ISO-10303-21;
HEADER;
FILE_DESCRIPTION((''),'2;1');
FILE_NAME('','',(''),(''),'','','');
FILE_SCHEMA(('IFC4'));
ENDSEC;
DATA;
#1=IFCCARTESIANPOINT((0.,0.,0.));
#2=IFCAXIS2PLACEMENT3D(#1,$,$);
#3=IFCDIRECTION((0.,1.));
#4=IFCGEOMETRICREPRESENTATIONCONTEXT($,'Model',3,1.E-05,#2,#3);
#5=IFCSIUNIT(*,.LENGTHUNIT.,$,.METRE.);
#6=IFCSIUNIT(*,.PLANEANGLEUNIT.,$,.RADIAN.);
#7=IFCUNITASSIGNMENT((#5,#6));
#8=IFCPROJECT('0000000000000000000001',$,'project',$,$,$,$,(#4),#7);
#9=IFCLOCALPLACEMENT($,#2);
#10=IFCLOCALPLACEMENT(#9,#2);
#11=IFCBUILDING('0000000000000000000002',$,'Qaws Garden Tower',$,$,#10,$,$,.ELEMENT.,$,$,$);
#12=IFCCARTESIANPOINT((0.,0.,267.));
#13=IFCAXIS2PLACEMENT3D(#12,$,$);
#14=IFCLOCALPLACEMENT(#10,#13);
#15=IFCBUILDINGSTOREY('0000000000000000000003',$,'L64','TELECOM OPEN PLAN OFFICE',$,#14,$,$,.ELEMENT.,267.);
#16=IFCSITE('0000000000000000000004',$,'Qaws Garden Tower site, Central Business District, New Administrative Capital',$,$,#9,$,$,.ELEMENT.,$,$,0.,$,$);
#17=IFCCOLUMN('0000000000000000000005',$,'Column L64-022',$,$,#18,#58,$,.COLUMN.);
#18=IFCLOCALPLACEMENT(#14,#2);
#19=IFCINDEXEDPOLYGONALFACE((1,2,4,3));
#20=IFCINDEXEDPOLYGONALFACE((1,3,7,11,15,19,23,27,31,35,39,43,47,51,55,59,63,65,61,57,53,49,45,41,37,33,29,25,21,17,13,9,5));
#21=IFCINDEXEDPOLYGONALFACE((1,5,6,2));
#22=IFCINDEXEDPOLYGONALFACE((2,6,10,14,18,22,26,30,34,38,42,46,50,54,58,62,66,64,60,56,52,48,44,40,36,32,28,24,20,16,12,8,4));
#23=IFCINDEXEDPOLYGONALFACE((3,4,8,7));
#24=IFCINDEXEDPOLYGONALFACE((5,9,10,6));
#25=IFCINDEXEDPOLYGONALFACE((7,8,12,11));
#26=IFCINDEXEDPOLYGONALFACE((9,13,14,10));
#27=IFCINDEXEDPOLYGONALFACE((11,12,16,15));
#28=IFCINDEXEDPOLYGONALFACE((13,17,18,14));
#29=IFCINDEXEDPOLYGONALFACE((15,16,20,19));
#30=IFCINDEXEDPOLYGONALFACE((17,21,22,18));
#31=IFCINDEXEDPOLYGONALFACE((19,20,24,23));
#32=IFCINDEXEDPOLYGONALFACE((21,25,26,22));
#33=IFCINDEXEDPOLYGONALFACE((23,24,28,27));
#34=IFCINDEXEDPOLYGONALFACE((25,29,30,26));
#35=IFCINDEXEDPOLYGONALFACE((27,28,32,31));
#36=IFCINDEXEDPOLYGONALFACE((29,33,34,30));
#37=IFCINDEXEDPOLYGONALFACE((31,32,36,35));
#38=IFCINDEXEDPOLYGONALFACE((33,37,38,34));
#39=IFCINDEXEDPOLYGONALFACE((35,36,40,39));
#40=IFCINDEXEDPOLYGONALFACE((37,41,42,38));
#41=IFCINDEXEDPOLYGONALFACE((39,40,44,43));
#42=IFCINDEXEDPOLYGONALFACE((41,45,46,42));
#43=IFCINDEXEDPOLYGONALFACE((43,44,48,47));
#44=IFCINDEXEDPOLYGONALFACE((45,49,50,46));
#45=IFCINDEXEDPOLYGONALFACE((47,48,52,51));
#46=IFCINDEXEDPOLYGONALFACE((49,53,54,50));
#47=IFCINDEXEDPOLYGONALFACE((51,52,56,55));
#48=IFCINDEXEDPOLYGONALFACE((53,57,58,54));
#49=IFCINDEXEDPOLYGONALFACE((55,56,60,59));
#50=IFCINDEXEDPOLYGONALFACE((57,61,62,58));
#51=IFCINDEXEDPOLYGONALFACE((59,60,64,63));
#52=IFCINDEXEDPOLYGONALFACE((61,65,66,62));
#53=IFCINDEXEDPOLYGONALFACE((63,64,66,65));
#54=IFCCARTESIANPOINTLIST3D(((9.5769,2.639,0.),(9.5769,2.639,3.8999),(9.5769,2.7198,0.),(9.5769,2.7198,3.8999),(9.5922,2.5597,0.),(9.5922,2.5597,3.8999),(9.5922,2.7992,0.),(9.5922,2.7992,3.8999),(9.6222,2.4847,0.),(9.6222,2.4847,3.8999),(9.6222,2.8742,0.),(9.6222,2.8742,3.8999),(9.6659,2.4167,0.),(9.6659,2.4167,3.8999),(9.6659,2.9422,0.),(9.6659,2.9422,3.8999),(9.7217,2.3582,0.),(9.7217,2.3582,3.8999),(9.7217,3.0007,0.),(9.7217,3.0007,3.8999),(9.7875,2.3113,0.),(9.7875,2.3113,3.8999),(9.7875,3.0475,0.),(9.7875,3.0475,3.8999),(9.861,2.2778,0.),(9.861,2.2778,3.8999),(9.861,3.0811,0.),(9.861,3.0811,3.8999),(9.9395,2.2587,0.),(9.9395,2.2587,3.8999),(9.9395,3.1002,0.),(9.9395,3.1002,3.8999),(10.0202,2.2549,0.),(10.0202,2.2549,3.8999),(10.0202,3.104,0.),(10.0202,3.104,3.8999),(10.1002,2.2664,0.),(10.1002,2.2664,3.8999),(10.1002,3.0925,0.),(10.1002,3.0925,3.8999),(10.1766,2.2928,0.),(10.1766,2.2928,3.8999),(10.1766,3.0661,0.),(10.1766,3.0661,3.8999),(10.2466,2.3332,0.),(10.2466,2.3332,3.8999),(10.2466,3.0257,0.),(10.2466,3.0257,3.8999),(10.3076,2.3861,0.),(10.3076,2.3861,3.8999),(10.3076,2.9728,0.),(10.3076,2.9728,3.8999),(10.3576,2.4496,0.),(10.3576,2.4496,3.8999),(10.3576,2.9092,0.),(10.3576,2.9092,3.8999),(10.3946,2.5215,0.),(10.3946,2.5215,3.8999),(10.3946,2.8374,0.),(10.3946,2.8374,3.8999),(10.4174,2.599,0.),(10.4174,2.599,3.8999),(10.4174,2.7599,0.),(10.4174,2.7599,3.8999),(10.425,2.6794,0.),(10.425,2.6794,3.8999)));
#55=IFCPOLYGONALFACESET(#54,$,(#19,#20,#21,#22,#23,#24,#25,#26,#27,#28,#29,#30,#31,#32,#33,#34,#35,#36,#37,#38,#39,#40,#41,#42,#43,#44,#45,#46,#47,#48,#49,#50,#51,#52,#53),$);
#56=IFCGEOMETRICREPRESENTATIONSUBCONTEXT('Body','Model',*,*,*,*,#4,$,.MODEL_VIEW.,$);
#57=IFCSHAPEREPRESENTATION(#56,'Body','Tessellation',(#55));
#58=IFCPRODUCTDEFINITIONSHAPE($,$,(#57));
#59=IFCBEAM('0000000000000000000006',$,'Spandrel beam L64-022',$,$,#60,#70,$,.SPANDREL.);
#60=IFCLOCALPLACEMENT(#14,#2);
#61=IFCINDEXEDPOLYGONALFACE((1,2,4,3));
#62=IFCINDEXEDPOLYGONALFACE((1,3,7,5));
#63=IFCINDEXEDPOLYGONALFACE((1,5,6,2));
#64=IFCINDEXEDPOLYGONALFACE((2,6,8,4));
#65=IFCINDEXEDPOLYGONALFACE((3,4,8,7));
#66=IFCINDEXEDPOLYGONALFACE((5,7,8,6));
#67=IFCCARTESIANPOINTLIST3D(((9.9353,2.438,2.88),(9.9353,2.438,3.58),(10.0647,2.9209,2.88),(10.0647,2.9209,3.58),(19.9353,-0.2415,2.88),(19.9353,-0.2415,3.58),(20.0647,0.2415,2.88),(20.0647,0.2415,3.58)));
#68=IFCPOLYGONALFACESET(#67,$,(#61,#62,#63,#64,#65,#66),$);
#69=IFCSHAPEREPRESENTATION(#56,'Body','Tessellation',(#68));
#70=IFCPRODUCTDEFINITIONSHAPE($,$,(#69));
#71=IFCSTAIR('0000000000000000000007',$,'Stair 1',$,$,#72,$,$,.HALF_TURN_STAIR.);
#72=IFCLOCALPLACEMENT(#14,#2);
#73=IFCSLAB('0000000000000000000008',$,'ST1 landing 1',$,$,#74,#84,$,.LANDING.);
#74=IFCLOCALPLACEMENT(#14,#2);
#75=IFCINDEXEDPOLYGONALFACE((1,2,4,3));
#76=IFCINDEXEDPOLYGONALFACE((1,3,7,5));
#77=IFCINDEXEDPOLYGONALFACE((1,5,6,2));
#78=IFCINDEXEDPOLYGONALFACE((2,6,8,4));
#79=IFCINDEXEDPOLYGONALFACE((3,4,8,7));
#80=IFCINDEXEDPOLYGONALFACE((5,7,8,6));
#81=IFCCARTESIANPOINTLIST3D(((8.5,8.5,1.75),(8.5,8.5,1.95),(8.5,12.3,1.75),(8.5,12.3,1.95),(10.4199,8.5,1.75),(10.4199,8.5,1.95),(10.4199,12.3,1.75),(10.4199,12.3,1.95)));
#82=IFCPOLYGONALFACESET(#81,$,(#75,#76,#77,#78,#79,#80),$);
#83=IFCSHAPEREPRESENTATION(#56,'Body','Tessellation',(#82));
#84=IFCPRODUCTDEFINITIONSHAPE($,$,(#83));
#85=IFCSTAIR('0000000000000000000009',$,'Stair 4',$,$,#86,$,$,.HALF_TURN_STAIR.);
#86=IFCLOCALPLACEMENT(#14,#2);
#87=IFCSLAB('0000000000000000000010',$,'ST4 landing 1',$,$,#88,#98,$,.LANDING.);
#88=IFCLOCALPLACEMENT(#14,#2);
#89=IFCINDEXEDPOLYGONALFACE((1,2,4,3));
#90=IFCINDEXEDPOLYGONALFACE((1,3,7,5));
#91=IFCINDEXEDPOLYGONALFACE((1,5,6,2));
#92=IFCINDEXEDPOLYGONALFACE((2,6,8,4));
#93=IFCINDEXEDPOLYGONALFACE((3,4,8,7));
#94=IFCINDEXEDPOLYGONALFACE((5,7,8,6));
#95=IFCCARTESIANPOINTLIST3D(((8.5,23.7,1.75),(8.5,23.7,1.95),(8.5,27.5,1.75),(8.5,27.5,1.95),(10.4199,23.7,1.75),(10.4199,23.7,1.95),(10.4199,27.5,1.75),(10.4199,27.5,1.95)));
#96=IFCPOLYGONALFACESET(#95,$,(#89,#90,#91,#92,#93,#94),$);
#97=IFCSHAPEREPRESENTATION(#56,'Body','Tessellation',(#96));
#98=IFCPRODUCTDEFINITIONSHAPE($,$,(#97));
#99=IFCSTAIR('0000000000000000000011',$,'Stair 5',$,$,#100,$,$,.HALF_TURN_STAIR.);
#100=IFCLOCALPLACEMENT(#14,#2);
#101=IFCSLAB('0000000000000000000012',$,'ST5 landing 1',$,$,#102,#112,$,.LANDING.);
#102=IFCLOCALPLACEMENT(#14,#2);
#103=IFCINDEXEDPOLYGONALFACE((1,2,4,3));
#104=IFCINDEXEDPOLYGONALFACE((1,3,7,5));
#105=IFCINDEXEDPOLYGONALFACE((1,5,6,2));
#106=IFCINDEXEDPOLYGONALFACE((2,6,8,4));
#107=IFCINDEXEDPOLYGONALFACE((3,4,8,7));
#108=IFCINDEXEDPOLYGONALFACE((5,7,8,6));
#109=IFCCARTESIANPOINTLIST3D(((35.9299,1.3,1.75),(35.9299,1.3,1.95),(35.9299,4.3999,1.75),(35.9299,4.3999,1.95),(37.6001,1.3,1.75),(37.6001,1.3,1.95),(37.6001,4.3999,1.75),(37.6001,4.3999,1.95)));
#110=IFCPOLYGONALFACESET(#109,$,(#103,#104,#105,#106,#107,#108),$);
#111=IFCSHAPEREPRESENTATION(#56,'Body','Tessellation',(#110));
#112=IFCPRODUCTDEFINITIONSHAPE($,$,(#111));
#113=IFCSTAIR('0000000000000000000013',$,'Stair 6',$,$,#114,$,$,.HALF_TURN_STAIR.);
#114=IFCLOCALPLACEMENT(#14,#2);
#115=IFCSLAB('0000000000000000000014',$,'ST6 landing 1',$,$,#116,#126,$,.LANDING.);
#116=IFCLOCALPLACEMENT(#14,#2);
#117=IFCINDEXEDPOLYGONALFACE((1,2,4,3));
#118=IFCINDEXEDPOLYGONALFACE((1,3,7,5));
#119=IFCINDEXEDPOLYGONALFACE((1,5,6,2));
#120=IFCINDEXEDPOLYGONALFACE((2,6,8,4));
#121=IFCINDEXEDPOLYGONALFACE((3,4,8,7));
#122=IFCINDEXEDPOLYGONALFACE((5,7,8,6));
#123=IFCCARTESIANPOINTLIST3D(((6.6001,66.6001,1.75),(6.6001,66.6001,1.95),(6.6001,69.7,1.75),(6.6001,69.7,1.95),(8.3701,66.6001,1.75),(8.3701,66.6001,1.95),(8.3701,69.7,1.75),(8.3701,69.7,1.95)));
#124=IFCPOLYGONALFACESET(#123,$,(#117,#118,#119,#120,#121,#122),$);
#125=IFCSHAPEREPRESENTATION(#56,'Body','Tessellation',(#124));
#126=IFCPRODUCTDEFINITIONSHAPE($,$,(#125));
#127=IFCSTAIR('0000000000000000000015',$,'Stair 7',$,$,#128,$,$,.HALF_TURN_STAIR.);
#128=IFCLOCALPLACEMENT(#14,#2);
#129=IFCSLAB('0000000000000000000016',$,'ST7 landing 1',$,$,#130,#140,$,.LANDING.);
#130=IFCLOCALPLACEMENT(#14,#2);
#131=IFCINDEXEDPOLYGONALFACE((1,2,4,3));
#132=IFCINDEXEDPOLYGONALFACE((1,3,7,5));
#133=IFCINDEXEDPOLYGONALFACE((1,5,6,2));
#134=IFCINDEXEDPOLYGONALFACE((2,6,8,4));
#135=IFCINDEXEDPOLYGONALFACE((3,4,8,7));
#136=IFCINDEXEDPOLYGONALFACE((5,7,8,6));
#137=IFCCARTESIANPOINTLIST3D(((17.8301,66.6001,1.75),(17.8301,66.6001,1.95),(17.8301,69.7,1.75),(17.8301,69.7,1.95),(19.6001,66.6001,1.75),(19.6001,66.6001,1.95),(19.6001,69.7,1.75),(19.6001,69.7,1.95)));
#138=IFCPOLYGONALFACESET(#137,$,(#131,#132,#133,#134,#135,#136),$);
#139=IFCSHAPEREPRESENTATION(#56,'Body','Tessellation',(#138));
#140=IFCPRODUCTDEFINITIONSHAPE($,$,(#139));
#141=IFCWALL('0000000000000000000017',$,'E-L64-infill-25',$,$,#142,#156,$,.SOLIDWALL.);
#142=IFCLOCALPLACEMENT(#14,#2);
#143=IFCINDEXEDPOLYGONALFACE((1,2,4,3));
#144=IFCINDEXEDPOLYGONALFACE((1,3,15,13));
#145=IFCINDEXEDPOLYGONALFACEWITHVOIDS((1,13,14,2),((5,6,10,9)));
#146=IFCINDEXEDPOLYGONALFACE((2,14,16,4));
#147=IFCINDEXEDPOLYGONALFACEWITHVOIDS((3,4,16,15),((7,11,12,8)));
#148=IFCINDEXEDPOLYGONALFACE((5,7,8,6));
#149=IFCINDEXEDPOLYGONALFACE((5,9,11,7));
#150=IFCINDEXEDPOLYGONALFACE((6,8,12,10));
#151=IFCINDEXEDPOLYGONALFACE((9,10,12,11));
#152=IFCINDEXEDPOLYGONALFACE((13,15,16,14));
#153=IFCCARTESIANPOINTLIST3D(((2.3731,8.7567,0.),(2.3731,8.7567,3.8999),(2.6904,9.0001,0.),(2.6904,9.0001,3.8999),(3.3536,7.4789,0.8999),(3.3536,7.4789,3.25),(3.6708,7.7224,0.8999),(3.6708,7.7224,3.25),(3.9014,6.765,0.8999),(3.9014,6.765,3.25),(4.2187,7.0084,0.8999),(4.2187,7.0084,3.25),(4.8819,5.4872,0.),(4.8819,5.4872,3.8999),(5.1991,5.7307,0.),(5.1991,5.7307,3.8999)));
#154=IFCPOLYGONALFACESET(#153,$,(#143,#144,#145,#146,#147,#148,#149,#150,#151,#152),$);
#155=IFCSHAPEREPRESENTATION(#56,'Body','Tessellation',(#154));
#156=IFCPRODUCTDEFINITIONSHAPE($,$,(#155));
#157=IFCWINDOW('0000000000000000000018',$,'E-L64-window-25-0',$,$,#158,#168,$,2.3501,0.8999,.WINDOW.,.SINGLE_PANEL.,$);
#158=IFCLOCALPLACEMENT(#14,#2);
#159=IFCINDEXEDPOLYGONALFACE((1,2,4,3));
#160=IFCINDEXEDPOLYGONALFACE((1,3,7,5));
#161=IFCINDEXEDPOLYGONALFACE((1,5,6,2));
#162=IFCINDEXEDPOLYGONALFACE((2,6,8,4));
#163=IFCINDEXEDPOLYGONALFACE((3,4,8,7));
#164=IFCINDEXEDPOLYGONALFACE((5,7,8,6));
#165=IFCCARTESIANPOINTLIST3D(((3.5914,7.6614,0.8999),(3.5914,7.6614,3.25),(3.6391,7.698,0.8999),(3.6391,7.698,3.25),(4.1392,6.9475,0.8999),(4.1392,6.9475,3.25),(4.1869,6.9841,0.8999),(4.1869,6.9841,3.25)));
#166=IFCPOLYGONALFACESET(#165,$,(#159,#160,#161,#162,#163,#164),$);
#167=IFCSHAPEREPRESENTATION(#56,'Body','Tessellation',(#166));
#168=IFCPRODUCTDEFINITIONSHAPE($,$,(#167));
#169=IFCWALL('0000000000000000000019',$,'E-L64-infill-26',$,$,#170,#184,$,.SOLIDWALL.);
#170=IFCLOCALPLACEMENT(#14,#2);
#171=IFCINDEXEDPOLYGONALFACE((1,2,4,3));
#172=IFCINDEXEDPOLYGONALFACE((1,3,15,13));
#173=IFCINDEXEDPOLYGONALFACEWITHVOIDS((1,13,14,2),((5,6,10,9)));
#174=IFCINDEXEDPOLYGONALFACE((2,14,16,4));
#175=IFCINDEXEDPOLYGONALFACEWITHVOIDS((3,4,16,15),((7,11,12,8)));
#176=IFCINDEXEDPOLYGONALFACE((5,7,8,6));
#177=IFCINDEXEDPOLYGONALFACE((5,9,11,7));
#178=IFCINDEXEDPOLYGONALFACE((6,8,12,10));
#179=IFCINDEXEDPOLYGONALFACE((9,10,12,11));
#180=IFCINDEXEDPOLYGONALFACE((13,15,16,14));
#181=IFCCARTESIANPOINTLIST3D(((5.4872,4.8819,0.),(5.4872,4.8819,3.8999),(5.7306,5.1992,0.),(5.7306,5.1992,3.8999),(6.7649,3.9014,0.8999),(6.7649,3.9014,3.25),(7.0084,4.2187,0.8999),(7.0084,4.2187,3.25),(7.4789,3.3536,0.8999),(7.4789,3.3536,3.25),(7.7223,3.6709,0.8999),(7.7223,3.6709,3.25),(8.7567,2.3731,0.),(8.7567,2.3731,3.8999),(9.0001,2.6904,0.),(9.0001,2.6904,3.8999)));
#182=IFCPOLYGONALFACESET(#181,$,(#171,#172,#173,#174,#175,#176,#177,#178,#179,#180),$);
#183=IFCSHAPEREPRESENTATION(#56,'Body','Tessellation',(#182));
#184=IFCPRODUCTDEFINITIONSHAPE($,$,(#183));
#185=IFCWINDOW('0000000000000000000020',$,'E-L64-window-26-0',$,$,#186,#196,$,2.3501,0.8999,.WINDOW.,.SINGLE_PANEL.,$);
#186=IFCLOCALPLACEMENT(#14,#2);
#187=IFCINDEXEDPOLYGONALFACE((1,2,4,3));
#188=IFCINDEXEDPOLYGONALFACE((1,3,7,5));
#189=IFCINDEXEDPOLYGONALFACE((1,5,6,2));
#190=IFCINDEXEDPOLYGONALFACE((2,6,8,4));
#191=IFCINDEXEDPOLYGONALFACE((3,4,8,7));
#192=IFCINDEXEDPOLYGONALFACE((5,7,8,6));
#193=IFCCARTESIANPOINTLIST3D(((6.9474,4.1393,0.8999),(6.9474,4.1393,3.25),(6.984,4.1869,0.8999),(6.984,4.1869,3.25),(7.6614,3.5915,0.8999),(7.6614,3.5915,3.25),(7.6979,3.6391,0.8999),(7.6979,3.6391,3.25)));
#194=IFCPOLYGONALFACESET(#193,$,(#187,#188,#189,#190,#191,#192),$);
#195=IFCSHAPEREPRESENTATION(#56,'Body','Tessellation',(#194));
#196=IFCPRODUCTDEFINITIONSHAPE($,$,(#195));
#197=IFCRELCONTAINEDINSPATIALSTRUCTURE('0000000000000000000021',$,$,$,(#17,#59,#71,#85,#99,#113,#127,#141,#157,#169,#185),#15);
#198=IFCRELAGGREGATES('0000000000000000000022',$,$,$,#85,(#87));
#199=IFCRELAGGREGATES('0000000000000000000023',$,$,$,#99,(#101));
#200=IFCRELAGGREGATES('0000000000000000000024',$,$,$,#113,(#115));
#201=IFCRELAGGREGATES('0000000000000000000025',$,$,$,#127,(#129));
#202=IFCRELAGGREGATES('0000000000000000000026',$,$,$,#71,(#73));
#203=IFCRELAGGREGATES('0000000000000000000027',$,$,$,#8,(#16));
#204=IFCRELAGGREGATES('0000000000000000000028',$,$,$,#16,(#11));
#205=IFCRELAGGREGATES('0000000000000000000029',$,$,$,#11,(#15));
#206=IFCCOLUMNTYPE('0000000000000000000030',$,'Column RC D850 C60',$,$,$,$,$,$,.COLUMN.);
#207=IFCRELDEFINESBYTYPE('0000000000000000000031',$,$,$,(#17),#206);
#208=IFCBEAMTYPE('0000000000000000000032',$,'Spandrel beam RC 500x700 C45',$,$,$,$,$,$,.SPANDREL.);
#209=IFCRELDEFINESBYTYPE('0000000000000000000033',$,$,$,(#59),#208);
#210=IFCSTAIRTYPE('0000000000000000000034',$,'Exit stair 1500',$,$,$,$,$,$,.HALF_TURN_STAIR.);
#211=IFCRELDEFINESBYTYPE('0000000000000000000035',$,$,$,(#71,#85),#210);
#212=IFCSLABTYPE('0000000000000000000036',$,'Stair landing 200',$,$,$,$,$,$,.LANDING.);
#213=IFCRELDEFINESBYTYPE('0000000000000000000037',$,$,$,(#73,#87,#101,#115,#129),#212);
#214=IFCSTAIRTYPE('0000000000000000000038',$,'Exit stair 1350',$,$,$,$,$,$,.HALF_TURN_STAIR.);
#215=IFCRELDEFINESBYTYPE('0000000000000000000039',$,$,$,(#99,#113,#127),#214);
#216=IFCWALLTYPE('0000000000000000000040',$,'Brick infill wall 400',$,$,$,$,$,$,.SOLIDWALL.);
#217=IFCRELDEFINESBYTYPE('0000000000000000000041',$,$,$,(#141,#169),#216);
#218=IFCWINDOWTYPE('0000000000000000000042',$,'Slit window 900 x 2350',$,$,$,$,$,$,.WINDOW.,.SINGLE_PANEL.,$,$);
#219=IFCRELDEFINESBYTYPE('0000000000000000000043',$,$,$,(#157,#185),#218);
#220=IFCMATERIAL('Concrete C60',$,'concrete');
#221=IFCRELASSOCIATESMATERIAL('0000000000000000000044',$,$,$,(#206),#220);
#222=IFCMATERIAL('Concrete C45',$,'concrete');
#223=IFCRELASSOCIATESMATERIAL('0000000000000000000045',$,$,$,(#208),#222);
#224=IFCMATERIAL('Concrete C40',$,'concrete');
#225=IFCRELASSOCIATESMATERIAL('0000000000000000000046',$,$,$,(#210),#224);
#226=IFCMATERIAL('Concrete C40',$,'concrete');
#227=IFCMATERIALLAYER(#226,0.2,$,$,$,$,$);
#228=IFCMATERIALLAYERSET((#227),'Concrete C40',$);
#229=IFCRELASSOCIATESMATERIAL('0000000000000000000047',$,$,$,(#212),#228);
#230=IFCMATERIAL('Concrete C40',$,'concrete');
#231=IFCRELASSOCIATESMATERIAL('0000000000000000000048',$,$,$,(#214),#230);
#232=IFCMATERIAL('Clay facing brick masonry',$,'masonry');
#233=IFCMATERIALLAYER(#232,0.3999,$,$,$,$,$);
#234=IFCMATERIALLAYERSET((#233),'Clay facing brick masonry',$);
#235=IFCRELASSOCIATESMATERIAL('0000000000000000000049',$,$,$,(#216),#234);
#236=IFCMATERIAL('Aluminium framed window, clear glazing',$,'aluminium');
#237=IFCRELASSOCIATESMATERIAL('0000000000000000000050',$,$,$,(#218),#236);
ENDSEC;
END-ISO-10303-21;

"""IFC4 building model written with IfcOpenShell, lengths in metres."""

from ifc_helpers import new_model, si_unit, direction, frame, frame_2d, origin, origin_2d, place, context, subcontext, project, spatial, polyline, rectangle, circle, outline, extrude, material, layer, layer_set, material_profile, profile_set, type_object, element, fill, aggregate, save


model = new_model("IFC4")

# Units and contexts
model_context = context("Model", 3, precision=1e-05, world=origin(), true_north=direction((0.0, 1.0)))
body_context = subcontext(model_context, "Body", "Model", "MODEL_VIEW")
ifc_project = project(units=[si_unit("LENGTHUNIT", "METRE"), si_unit("PLANEANGLEUNIT", "RADIAN")], contexts=[model_context])

# Site, building, storey
site_placement = place(None, origin())
site = spatial("IfcSite", under=ifc_project, at=site_placement, Name="Qaws Garden Tower site, Central Business District, New Administrative Capital", CompositionType="ELEMENT", RefElevation=0.0)
building_placement = place(site_placement, origin())
building = spatial("IfcBuilding", under=site, at=building_placement, Name="Qaws Garden Tower", CompositionType="ELEMENT")
storey_placement = place(building_placement, frame((0.0, 0.0, 267.0)))
storey = spatial("IfcBuildingStorey", under=building, at=storey_placement, Name="L64", Description="TELECOM OPEN PLAN OFFICE", CompositionType="ELEMENT", Elevation=267.0)

# Column
ifc_material_1 = material(Name="Concrete C60", Category="concrete")
ifc_material_profile_1 = material_profile(ifc_material_1, circle(Radius=0.425, at=origin_2d()), Name="RC D850")
ifc_profile_set_1 = profile_set([ifc_material_profile_1], Name="Concrete C60")
column_type = type_object("IfcColumnType", Name="Column RC D850 C60", PredefinedType="COLUMN", material=ifc_profile_set_1)
column_placement = place(storey_placement, frame((10.0, 2.6794, 0.0), z_axis=(0.0, 0.0, 1.0), x_axis=(1.0, 0.0, 0.0)))
element("IfcColumn", 1, at=column_placement, inside=storey, type_object=column_type, Name="Column L64-022", PredefinedType="COLUMN", context=body_context, shape_type="SweptSolid", body=[
    extrude(circle(Radius=0.425, at=origin_2d()), origin(), (0.0, 0.0, 1.0), 3.8999),
])

# Beam
ifc_material_2 = material(Name="Concrete C45", Category="concrete")
ifc_material_profile_2 = material_profile(ifc_material_2, rectangle(XDim=0.5, YDim=0.7, at=origin_2d()), Name="RC 500x700")
ifc_profile_set_2 = profile_set([ifc_material_profile_2], Name="Concrete C45")
beam_type = type_object("IfcBeamType", Name="Spandrel beam RC 500x700 C45", PredefinedType="SPANDREL", material=ifc_profile_set_2)
beam_placement = place(storey_placement, frame((10.0, 2.6794, 3.23), z_axis=(0.965927, -0.258815, 0.0), x_axis=(0.258815, 0.965927, 0.0)))
element("IfcBeam", 2, at=beam_placement, inside=storey, type_object=beam_type, Name="Spandrel beam L64-022", PredefinedType="SPANDREL", context=body_context, shape_type="SweptSolid", body=[
    extrude(rectangle(XDim=0.5, YDim=0.7, at=origin_2d()), origin(), (0.0, 0.0, 1.0), 10.3528),
])

# Stairs, slabs
ifc_material_3 = material(Name="Concrete C40", Category="concrete")
stair_type_1 = type_object("IfcStairType", Name="Exit stair 1500", PredefinedType="HALF_TURN_STAIR", material=ifc_material_3)
placement_1 = place(storey_placement, origin())
stair_1 = element("IfcStair", 3, at=placement_1, inside=storey, type_object=stair_type_1, Name="Stair 1", PredefinedType="HALF_TURN_STAIR")
ifc_material_4 = material(Name="Concrete C40", Category="concrete")
ifc_layer_1 = layer(ifc_material_4, 0.2)
ifc_layer_set_1 = layer_set([ifc_layer_1], Name="Concrete C40")
slab_type = type_object("IfcSlabType", Name="Stair landing 200", PredefinedType="LANDING", material=ifc_layer_set_1)
placement_2 = place(storey_placement, frame((0.0, 0.0, 1.75)))
slab_1 = element("IfcSlab", 4, at=placement_2, type_object=slab_type, Name="ST1 landing 1", PredefinedType="LANDING", context=body_context, shape_type="SweptSolid", body=[
    extrude(outline(polyline([(8.5, 8.5), (10.4199, 8.5), (10.4199, 12.3), (8.5, 12.3), (8.5, 8.5)])), origin(), (0.0, 0.0, 1.0), 0.2),
])
stair_2 = element("IfcStair", 5, at=placement_1, inside=storey, type_object=stair_type_1, Name="Stair 4", PredefinedType="HALF_TURN_STAIR")
slab_2 = element("IfcSlab", 6, at=placement_2, type_object=slab_type, Name="ST4 landing 1", PredefinedType="LANDING", context=body_context, shape_type="SweptSolid", body=[
    extrude(outline(polyline([(8.5, 23.7), (10.4199, 23.7), (10.4199, 27.5), (8.5, 27.5), (8.5, 23.7)])), origin(), (0.0, 0.0, 1.0), 0.2),
])
aggregate(stair_2, [slab_2])
ifc_material_5 = material(Name="Concrete C40", Category="concrete")
stair_type_2 = type_object("IfcStairType", Name="Exit stair 1350", PredefinedType="HALF_TURN_STAIR", material=ifc_material_5)
stair_3 = element("IfcStair", 7, at=placement_1, inside=storey, type_object=stair_type_2, Name="Stair 5", PredefinedType="HALF_TURN_STAIR")
slab_3 = element("IfcSlab", 8, at=placement_2, type_object=slab_type, Name="ST5 landing 1", PredefinedType="LANDING", context=body_context, shape_type="SweptSolid", body=[
    extrude(outline(polyline([(35.9299, 1.3), (37.6001, 1.3), (37.6001, 4.3999), (35.9299, 4.3999), (35.9299, 1.3)])), origin(), (0.0, 0.0, 1.0), 0.2),
])
aggregate(stair_3, [slab_3])
stair_4 = element("IfcStair", 9, at=placement_1, inside=storey, type_object=stair_type_2, Name="Stair 6", PredefinedType="HALF_TURN_STAIR")
slab_4 = element("IfcSlab", 10, at=placement_2, type_object=slab_type, Name="ST6 landing 1", PredefinedType="LANDING", context=body_context, shape_type="SweptSolid", body=[
    extrude(outline(polyline([(6.6001, 66.6001), (8.3701, 66.6001), (8.3701, 69.7), (6.6001, 69.7), (6.6001, 66.6001)])), origin(), (0.0, 0.0, 1.0), 0.2),
])
aggregate(stair_4, [slab_4])
stair_5 = element("IfcStair", 11, at=placement_1, inside=storey, type_object=stair_type_2, Name="Stair 7", PredefinedType="HALF_TURN_STAIR")
slab_5 = element("IfcSlab", 12, at=placement_2, type_object=slab_type, Name="ST7 landing 1", PredefinedType="LANDING", context=body_context, shape_type="SweptSolid", body=[
    extrude(outline(polyline([(17.8301, 66.6001), (19.6001, 66.6001), (19.6001, 69.7), (17.8301, 69.7), (17.8301, 66.6001)])), origin(), (0.0, 0.0, 1.0), 0.2),
])
aggregate(stair_5, [slab_5])

# Walls, openings, windows
ifc_material_6 = material(Name="Clay facing brick masonry", Category="masonry")
ifc_layer_2 = layer(ifc_material_6, 0.3999)
ifc_layer_set_2 = layer_set([ifc_layer_2], Name="Clay facing brick masonry")
wall_type_1 = type_object("IfcWallType", Name="Brick infill wall 400", PredefinedType="SOLIDWALL", material=ifc_layer_set_2)
wall_1_placement = place(storey_placement, frame((2.5317, 8.8784, 0.0), z_axis=(0.0, 0.0, 1.0), x_axis=(0.60876, -0.793355, 0.0)))
wall_1 = element("IfcWall", 13, at=wall_1_placement, inside=storey, type_object=wall_type_1, Name="E-L64-infill-25", PredefinedType="SOLIDWALL", context=body_context, shape_type="SweptSolid", body=[
    extrude(rectangle(XDim=4.1211, YDim=0.3999, at=frame_2d((2.0605, 0.0))), origin(), (0.0, 0.0, 1.0), 3.8999),
])
opening_1_placement = place(wall_1_placement, frame((1.6106, 0.0, 0.8999)))
opening_1 = element("IfcOpeningElement", 14, at=opening_1_placement, cuts=wall_1, PredefinedType="OPENING", context=body_context, shape_type="SweptSolid", body=[
    extrude(rectangle(XDim=0.8999, YDim=2.3501, at=frame_2d((0.45, 1.175))), frame((0.0, 0.21, 0.0), z_axis=(0.0, -1.0, 0.0), x_axis=(1.0, 0.0, 0.0)), (0.0, 0.0, 1.0), 0.4199),
])
ifc_material_7 = material(Name="Aluminium framed window, clear glazing", Category="aluminium")
window_type = type_object("IfcWindowType", Name="Slit window 900 x 2350", PartitioningType="SINGLE_PANEL", PredefinedType="WINDOW", material=ifc_material_7)
window_1_placement = place(opening_1_placement, origin())
window_1 = element("IfcWindow", 15, at=window_1_placement, inside=storey, type_object=window_type, Name="E-L64-window-25-0", OverallHeight=2.3501, OverallWidth=0.8999, PartitioningType="SINGLE_PANEL", PredefinedType="WINDOW", context=body_context, shape_type="SweptSolid", body=[
    extrude(rectangle(XDim=0.8999, YDim=2.3501, at=frame_2d((0.45, 1.175))), frame((0.0, 0.1599, 0.0), z_axis=(0.0, -1.0, 0.0), x_axis=(1.0, 0.0, 0.0)), (0.0, 0.0, 1.0), 0.0601),
])
fill(opening_1, window_1)
wall_2_placement = place(storey_placement, frame((5.6089, 5.0405, 0.0), z_axis=(0.0, 0.0, 1.0), x_axis=(0.793355, -0.60876, 0.0)))
wall_2 = element("IfcWall", 16, at=wall_2_placement, inside=storey, type_object=wall_type_1, Name="E-L64-infill-26", PredefinedType="SOLIDWALL", context=body_context, shape_type="SweptSolid", body=[
    extrude(rectangle(XDim=4.1211, YDim=0.3999, at=frame_2d((2.0605, 0.0))), origin(), (0.0, 0.0, 1.0), 3.8999),
])
opening_2_placement = place(wall_2_placement, frame((1.6106, 0.0, 0.8999)))
opening_2 = element("IfcOpeningElement", 17, at=opening_2_placement, cuts=wall_2, PredefinedType="OPENING", context=body_context, shape_type="SweptSolid", body=[
    extrude(rectangle(XDim=0.8999, YDim=2.3501, at=frame_2d((0.45, 1.175))), frame((0.0, 0.21, 0.0), z_axis=(0.0, -1.0, 0.0), x_axis=(1.0, 0.0, 0.0)), (0.0, 0.0, 1.0), 0.4199),
])
window_2_placement = place(opening_2_placement, origin())
window_2 = element("IfcWindow", 18, at=window_2_placement, inside=storey, type_object=window_type, Name="E-L64-window-26-0", OverallHeight=2.3501, OverallWidth=0.8999, PartitioningType="SINGLE_PANEL", PredefinedType="WINDOW", context=body_context, shape_type="SweptSolid", body=[
    extrude(rectangle(XDim=0.8999, YDim=2.3501, at=frame_2d((0.45, 1.175))), frame((0.0, 0.1599, 0.0), z_axis=(0.0, -1.0, 0.0), x_axis=(1.0, 0.0, 0.0)), (0.0, 0.0, 1.0), 0.0601),
])
fill(opening_2, window_2)

aggregate(stair_1, [slab_1])

save(model, "model.ifc")
